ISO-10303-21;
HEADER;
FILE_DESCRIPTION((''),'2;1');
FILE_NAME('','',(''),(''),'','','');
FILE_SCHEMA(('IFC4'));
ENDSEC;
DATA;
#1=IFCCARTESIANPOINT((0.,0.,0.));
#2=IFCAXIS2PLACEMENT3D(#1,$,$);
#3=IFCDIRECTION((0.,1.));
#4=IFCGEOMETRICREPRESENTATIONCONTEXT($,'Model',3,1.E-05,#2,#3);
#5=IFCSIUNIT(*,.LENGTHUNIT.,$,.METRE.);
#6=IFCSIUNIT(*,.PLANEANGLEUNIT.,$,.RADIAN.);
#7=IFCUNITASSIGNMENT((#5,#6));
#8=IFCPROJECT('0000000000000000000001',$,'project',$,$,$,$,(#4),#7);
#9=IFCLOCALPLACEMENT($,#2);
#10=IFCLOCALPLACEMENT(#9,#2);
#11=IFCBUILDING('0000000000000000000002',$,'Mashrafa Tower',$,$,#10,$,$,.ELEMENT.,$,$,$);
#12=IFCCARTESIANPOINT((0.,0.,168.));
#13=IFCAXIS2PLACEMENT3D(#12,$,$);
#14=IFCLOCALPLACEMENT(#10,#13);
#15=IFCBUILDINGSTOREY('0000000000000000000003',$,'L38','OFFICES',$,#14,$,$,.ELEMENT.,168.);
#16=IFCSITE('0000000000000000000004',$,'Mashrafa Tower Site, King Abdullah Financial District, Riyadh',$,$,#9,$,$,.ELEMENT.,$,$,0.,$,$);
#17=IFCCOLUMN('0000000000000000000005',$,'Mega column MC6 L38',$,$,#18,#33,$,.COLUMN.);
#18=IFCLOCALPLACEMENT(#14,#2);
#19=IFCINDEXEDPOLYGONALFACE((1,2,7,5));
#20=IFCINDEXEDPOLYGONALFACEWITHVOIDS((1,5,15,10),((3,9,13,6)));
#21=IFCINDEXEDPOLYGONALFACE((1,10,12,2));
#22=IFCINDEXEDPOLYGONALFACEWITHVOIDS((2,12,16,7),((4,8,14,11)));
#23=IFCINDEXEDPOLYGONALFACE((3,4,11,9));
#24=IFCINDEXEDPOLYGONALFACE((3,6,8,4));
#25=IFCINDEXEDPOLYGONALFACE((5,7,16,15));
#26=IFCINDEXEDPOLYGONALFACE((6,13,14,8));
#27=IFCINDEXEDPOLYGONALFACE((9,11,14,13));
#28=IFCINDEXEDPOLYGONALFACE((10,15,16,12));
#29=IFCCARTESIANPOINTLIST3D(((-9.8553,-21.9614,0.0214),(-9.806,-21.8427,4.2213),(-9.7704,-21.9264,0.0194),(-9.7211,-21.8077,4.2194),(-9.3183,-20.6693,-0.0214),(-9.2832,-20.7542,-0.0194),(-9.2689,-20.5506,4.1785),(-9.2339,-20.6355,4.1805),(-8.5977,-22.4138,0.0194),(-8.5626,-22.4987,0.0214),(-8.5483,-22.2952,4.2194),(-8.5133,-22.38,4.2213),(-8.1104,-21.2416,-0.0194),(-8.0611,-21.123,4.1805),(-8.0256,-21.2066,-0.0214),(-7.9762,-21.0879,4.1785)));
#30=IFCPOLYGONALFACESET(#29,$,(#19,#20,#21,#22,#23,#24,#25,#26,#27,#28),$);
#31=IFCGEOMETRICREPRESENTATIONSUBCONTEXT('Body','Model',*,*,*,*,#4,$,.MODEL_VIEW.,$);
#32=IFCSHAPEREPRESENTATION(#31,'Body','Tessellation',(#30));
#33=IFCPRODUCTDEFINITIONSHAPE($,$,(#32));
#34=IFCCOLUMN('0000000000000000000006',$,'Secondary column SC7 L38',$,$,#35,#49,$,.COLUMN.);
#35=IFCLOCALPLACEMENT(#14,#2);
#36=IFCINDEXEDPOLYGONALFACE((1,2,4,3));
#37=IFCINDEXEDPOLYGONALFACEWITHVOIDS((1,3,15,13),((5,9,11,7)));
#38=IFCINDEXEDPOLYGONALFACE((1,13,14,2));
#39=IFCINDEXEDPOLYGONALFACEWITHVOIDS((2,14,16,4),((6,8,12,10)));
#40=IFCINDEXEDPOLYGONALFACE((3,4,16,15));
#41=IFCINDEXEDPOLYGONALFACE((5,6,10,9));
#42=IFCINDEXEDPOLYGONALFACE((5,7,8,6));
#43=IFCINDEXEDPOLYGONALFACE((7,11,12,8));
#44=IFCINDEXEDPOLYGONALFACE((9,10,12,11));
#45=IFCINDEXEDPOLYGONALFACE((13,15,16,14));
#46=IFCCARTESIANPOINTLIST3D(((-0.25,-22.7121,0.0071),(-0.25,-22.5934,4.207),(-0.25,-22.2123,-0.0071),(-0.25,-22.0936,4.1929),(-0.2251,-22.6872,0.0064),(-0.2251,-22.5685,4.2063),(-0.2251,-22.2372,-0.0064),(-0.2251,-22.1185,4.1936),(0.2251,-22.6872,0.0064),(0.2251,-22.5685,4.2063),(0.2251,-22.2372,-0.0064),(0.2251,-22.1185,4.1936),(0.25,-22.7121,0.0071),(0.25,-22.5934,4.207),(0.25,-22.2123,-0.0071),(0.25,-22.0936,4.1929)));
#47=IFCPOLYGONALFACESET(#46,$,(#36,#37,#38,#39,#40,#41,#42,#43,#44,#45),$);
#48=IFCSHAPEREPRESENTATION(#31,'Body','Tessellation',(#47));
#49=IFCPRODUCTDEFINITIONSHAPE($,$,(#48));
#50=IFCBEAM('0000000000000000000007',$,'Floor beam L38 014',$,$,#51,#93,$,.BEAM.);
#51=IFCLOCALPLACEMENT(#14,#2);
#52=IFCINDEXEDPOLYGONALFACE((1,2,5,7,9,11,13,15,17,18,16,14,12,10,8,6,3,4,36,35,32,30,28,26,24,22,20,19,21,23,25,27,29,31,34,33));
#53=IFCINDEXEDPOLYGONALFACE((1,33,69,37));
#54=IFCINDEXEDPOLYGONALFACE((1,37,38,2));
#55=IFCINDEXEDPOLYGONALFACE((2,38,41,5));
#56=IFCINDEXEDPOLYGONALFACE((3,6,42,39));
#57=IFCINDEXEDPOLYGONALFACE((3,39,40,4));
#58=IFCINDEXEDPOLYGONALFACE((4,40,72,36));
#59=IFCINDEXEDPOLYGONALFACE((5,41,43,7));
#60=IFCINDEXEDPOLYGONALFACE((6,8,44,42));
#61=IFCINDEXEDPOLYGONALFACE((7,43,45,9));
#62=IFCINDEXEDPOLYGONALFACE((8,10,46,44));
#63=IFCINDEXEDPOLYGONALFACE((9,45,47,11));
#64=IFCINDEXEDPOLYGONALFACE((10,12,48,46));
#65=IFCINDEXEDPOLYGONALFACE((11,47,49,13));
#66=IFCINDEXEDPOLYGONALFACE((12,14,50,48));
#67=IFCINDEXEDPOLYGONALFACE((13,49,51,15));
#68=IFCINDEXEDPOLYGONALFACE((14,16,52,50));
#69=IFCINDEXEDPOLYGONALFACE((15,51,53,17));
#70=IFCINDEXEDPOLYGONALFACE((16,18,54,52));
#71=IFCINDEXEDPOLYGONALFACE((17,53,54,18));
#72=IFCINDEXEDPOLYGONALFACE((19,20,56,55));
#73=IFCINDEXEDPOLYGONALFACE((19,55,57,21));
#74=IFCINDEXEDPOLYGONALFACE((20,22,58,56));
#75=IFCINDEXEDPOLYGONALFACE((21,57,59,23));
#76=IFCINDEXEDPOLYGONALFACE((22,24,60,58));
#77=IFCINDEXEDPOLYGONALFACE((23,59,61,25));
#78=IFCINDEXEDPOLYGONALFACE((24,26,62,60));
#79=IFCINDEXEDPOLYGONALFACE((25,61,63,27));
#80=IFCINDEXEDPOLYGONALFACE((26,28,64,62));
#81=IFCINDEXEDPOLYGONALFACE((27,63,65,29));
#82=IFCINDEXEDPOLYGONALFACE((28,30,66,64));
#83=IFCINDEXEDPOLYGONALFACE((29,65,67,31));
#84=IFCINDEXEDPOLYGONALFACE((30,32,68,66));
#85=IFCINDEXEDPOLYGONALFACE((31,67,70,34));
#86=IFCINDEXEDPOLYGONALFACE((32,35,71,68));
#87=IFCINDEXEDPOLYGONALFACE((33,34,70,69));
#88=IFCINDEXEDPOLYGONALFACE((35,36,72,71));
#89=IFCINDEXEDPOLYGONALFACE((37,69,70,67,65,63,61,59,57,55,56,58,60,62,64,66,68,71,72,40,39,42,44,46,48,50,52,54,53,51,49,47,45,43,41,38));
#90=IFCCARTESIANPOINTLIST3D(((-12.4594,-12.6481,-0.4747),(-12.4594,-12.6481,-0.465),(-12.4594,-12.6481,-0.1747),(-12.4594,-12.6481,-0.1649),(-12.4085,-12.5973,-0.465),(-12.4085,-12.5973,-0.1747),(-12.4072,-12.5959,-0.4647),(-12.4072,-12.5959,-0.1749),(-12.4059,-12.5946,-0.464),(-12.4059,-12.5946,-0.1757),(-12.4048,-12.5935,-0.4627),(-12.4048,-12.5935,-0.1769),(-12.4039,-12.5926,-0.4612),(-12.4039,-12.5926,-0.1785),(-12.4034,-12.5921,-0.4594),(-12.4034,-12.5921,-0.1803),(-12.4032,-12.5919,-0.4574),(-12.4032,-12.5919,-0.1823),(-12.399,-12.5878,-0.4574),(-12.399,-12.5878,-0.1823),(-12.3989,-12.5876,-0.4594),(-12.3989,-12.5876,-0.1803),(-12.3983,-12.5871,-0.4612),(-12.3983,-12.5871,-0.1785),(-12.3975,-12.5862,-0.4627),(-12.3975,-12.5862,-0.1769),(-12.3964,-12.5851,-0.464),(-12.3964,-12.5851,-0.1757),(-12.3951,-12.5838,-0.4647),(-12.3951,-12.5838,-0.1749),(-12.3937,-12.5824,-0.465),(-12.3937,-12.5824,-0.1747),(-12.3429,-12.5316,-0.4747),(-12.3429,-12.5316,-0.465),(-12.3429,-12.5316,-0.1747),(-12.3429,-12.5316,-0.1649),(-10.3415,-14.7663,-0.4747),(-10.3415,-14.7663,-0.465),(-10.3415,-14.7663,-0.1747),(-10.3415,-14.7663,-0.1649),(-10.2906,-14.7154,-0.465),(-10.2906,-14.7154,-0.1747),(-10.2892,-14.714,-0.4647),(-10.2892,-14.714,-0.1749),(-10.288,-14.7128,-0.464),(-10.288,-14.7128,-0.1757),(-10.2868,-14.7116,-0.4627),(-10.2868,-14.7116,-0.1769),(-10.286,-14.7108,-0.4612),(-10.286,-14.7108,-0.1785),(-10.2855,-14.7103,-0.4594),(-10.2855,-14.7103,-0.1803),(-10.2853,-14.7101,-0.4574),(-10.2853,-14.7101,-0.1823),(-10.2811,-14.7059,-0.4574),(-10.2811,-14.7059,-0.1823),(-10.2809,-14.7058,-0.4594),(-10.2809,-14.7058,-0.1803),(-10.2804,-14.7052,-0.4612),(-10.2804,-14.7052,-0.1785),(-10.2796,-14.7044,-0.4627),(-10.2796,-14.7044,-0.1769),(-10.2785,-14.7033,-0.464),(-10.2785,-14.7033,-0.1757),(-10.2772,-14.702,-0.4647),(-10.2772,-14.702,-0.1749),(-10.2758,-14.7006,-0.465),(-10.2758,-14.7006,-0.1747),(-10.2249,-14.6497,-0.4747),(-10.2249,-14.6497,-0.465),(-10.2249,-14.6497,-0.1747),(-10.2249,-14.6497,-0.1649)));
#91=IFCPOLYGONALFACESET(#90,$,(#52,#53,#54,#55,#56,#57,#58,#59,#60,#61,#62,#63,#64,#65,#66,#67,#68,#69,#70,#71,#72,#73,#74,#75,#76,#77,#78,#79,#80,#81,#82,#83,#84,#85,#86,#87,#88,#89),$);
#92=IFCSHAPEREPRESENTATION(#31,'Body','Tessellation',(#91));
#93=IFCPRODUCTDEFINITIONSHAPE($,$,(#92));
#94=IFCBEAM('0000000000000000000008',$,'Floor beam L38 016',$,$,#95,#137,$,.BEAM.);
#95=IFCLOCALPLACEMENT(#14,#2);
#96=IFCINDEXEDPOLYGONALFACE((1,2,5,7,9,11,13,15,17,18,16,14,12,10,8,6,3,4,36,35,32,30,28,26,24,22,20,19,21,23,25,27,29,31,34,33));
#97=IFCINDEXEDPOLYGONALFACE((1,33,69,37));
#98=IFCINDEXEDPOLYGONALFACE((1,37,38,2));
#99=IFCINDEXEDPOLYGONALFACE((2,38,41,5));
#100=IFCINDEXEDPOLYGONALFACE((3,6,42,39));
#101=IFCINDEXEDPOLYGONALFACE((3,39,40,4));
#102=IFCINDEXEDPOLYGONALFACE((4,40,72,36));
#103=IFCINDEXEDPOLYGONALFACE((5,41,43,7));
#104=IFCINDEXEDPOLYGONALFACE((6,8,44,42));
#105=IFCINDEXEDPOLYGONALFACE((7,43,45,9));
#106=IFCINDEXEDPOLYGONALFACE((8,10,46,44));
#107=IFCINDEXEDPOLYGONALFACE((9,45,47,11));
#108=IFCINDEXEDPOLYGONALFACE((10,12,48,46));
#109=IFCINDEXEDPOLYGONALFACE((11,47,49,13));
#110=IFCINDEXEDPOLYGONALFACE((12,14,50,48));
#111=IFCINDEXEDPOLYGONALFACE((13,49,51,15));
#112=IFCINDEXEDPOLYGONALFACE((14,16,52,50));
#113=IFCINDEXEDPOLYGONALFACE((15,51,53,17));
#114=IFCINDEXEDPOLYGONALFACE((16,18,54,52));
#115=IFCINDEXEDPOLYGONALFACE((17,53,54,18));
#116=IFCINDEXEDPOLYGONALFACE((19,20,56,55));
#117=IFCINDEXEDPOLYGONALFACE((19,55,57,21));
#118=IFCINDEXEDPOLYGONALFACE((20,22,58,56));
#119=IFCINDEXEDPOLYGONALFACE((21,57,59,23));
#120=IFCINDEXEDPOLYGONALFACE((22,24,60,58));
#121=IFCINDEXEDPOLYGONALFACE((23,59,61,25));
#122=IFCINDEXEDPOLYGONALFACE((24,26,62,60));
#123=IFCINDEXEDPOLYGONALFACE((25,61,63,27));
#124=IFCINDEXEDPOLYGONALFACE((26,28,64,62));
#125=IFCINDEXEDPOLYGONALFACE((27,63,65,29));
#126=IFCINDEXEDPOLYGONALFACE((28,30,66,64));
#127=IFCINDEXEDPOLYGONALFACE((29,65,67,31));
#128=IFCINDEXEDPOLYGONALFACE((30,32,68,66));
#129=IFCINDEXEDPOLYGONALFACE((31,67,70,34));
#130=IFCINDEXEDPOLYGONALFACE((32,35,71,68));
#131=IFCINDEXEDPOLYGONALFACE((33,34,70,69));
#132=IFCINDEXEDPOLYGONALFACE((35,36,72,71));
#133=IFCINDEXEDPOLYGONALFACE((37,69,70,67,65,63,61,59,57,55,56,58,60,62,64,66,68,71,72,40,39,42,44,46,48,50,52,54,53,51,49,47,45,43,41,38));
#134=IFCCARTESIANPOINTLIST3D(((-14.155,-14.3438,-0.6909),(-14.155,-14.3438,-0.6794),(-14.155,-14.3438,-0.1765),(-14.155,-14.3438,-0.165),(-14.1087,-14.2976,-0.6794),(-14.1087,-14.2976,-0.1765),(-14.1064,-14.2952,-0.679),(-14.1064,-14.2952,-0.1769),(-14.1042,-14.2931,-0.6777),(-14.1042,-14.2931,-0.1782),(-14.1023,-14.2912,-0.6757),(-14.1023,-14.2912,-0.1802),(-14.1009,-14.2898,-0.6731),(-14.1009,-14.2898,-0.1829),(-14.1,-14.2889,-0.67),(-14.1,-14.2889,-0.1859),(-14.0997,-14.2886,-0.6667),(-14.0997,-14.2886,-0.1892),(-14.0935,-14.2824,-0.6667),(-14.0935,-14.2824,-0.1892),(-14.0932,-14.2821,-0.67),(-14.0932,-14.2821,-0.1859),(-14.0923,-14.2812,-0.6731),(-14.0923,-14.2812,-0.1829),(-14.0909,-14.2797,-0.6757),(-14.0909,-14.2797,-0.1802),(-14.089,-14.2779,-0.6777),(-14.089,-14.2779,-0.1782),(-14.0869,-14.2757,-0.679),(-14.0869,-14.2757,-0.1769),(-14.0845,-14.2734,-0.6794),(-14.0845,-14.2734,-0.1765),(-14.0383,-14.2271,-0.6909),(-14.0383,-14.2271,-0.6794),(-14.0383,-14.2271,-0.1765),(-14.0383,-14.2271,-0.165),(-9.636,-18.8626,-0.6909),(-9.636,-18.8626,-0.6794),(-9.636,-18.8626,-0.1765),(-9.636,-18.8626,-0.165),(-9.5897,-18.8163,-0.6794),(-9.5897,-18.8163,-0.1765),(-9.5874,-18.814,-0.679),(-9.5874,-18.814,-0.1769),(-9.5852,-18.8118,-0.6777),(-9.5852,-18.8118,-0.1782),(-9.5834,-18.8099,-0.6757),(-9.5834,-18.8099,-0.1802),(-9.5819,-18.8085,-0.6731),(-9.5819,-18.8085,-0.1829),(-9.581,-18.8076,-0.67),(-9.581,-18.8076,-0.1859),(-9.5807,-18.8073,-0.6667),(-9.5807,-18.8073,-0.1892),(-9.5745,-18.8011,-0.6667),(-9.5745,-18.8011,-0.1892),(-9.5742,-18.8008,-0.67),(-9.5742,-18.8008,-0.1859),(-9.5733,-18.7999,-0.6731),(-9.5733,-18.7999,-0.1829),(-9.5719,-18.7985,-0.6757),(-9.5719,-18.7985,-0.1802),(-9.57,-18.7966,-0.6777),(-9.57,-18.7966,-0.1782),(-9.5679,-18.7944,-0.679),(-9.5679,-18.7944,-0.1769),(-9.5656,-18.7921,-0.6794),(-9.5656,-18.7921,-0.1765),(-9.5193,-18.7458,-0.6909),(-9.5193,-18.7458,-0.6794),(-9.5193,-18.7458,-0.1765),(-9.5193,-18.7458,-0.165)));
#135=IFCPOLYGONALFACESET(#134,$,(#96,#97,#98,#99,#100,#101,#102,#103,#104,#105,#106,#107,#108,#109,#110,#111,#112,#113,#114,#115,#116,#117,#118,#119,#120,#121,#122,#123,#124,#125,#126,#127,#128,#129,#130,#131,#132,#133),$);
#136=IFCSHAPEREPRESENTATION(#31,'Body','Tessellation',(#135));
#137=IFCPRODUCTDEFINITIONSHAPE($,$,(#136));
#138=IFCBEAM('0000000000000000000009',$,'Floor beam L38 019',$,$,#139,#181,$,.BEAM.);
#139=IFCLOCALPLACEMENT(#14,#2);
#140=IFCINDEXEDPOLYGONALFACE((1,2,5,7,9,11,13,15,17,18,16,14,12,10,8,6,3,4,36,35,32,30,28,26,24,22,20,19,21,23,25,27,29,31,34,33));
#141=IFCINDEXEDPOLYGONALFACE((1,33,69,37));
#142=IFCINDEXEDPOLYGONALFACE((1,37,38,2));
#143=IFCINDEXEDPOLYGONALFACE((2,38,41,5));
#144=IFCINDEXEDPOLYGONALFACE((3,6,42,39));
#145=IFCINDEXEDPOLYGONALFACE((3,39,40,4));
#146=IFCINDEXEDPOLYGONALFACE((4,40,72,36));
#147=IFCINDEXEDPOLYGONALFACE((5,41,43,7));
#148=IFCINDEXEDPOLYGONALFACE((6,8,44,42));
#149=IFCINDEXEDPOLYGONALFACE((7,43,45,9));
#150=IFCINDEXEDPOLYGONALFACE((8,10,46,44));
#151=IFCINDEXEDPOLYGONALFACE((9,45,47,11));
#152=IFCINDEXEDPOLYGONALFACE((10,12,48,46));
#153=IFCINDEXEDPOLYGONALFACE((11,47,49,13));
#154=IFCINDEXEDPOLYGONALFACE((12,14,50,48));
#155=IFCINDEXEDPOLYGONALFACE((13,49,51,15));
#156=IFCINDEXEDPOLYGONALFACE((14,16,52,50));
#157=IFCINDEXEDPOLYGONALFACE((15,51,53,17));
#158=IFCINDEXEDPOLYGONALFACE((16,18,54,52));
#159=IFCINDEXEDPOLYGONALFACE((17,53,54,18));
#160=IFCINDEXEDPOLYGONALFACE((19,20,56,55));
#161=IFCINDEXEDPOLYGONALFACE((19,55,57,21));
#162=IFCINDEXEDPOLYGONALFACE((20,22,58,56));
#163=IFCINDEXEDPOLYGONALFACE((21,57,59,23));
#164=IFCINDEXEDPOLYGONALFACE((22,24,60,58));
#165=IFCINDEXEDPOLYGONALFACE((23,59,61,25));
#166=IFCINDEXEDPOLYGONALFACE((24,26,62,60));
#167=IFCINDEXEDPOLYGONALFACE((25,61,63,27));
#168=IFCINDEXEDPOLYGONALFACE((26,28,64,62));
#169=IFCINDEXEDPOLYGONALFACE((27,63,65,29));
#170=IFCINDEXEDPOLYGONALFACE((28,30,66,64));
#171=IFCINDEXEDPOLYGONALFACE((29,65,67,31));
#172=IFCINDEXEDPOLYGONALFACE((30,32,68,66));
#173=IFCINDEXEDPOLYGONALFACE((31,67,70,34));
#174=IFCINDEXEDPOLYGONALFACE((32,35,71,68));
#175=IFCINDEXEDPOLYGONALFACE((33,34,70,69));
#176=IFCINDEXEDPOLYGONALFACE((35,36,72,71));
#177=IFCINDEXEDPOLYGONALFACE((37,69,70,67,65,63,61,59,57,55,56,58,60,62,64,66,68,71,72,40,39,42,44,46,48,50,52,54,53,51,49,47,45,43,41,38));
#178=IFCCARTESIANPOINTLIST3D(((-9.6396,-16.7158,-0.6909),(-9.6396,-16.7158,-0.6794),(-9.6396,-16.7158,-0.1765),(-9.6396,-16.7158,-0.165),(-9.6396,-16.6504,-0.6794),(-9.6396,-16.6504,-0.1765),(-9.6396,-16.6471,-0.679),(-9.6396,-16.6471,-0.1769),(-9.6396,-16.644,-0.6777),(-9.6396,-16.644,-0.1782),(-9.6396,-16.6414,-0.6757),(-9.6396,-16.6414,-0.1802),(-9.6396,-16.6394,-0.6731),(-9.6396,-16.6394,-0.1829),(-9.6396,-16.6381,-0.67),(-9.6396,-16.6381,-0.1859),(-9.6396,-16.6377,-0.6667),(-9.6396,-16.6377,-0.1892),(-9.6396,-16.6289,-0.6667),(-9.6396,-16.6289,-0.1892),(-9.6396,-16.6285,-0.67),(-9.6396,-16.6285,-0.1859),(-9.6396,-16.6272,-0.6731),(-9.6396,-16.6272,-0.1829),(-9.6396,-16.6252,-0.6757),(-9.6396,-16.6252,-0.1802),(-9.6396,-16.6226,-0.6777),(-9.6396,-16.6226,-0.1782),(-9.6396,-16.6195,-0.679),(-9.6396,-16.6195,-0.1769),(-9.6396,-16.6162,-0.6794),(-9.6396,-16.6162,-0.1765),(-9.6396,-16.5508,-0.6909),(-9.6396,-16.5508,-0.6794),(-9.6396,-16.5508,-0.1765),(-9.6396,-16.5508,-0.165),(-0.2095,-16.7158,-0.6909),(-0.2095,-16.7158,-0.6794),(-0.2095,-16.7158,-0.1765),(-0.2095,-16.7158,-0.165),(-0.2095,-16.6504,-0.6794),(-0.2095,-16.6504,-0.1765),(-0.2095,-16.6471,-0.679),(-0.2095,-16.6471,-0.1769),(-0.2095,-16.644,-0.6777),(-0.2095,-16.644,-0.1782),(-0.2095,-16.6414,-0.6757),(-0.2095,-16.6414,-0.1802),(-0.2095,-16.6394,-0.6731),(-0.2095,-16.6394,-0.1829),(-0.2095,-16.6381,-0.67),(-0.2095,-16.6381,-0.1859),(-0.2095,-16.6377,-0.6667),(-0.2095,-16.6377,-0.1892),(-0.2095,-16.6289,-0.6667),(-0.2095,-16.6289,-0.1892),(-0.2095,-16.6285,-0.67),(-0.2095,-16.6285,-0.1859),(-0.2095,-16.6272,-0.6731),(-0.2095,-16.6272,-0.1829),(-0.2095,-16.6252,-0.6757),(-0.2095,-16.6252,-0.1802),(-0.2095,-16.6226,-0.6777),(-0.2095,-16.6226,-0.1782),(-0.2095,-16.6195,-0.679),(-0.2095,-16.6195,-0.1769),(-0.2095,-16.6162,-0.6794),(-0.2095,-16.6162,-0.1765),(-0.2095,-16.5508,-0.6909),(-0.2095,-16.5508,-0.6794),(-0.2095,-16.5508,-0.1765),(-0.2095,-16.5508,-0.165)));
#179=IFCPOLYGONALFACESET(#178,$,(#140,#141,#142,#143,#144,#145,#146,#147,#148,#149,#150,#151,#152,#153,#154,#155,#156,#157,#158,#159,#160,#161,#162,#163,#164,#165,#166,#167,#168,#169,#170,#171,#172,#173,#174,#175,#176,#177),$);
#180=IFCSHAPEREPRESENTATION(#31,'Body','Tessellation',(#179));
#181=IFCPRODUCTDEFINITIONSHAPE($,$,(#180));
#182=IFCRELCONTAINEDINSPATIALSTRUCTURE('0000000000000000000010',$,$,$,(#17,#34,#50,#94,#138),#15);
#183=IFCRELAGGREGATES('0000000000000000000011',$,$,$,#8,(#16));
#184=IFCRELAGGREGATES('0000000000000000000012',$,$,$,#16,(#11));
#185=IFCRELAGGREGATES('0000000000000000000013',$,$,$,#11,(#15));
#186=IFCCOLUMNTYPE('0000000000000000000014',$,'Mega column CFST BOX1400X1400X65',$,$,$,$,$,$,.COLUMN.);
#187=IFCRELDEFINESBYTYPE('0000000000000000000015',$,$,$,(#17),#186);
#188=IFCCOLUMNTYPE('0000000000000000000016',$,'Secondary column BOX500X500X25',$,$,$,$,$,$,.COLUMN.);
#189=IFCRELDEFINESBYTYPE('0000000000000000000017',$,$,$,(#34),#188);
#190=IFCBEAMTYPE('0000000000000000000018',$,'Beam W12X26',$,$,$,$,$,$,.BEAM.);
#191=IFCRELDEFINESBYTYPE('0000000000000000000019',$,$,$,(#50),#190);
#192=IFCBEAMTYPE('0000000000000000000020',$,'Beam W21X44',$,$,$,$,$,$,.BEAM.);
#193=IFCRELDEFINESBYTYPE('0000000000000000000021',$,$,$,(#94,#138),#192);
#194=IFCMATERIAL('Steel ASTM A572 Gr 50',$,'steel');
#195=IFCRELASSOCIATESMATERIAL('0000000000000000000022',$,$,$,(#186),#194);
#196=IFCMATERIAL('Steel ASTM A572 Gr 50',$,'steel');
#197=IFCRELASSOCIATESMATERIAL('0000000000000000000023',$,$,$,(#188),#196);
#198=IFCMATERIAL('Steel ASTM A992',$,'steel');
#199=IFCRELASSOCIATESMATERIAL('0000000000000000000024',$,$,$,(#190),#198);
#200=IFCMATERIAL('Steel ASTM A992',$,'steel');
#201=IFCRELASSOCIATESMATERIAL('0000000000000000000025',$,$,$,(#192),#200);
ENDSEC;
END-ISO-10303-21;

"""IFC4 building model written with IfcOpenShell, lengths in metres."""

from ifc_helpers import new_model, si_unit, direction, frame, origin, origin_2d, place, context, subcontext, project, spatial, hollow_rectangle, i_section, extrude, material, material_profile, profile_set, type_object, element, save


model = new_model("IFC4")

# Units and contexts
model_context = context("Model", 3, precision=1e-05, world=origin(), true_north=direction((0.0, 1.0)))
body_context = subcontext(model_context, "Body", "Model", "MODEL_VIEW")
ifc_project = project(units=[si_unit("LENGTHUNIT", "METRE"), si_unit("PLANEANGLEUNIT", "RADIAN")], contexts=[model_context])

# Site, building, storey
site_placement = place(None, origin())
site = spatial("IfcSite", under=ifc_project, at=site_placement, Name="Mashrafa Tower Site, King Abdullah Financial District, Riyadh", CompositionType="ELEMENT", RefElevation=0.0)
building_placement = place(site_placement, origin())
building = spatial("IfcBuilding", under=site, at=building_placement, Name="Mashrafa Tower", CompositionType="ELEMENT")
storey_placement = place(building_placement, frame((0.0, 0.0, 168.0)))
storey = spatial("IfcBuildingStorey", under=building, at=storey_placement, Name="L38", Description="OFFICES", CompositionType="ELEMENT", Elevation=168.0)

# Columns
ifc_material_1 = material(Name="Steel ASTM A572 Gr 50", Category="steel")
ifc_material_profile_1 = material_profile(ifc_material_1, hollow_rectangle(XDim=1.3999, YDim=1.3999, WallThickness=0.0649, at=origin_2d()), Name="BOX1400X1400X65")
ifc_profile_set_1 = profile_set([ifc_material_profile_1], Name="Steel ASTM A572 Gr 50")
column_type_1 = type_object("IfcColumnType", Name="Mega column CFST BOX1400X1400X65", PredefinedType="COLUMN", material=ifc_profile_set_1)
column_1_placement = place(storey_placement, frame((-8.9404, -21.584, 0.0), z_axis=(0.011737, 0.028238, 0.999532), x_axis=(-0.923414, 0.383806, 0.0)))
element("IfcColumn", 1, at=column_1_placement, inside=storey, type_object=column_type_1, Name="Mega column MC6 L38", PredefinedType="COLUMN", context=body_context, shape_type="SweptSolid", body=[
    extrude(hollow_rectangle(XDim=1.3999, YDim=1.3999, WallThickness=0.0649, at=origin_2d()), origin(), (0.0, 0.0, 1.0), 4.2019),
])
ifc_material_2 = material(Name="Steel ASTM A572 Gr 50", Category="steel")
ifc_material_profile_2 = material_profile(ifc_material_2, hollow_rectangle(XDim=0.5, YDim=0.5, WallThickness=0.0249, at=origin_2d()), Name="BOX500X500X25")
ifc_profile_set_2 = profile_set([ifc_material_profile_2], Name="Steel ASTM A572 Gr 50")
column_type_2 = type_object("IfcColumnType", Name="Secondary column BOX500X500X25", PredefinedType="COLUMN", material=ifc_profile_set_2)
column_2_placement = place(storey_placement, frame((0.0, -22.4622, 0.0), z_axis=(0.0, 0.02824, 0.999601), x_axis=(-1.0, 0.0, 0.0)))
element("IfcColumn", 2, at=column_2_placement, inside=storey, type_object=column_type_2, Name="Secondary column SC7 L38", PredefinedType="COLUMN", context=body_context, shape_type="SweptSolid", body=[
    extrude(hollow_rectangle(XDim=0.5, YDim=0.5, WallThickness=0.0249, at=origin_2d()), origin(), (0.0, 0.0, 1.0), 4.2017),
])

# Beams
ifc_material_3 = material(Name="Steel ASTM A992", Category="steel")
ifc_material_profile_3 = material_profile(ifc_material_3, i_section(OverallWidth=0.1648, OverallDepth=0.3098, WebThickness=0.0059, FlangeThickness=0.0098, FilletRadius=0.0076, at=origin_2d()), Name="W12X26")
ifc_profile_set_3 = profile_set([ifc_material_profile_3], Name="Steel ASTM A992")
beam_type_1 = type_object("IfcBeamType", Name="Beam W12X26", PredefinedType="BEAM", material=ifc_profile_set_3)
beam_1_placement = place(storey_placement, frame((-10.2832, -14.708, -0.3198), z_axis=(-0.707066, 0.707148, 0.0), x_axis=(-0.707148, -0.707066, 0.0)))
element("IfcBeam", 3, at=beam_1_placement, inside=storey, type_object=beam_type_1, Name="Floor beam L38 014", PredefinedType="BEAM", context=body_context, shape_type="SweptSolid", body=[
    extrude(i_section(OverallWidth=0.1648, OverallDepth=0.3098, WebThickness=0.0059, FlangeThickness=0.0098, FilletRadius=0.0076, at=origin_2d()), origin(), (0.0, 0.0, 1.0), 2.9954),
])
ifc_material_4 = material(Name="Steel ASTM A992", Category="steel")
ifc_material_profile_4 = material_profile(ifc_material_4, i_section(OverallWidth=0.165, OverallDepth=0.5259, WebThickness=0.0088, FlangeThickness=0.0115, FilletRadius=0.0127, at=origin_2d()), Name="W21X44")
ifc_profile_set_4 = profile_set([ifc_material_profile_4], Name="Steel ASTM A992")
beam_type_2 = type_object("IfcBeamType", Name="Beam W21X44", PredefinedType="BEAM", material=ifc_profile_set_4)
beam_2_placement = place(storey_placement, frame((-9.5776, -18.8042, -0.428), z_axis=(-0.707126, 0.707088, 0.0), x_axis=(-0.707088, -0.707126, 0.0)))
element("IfcBeam", 4, at=beam_2_placement, inside=storey, type_object=beam_type_2, Name="Floor beam L38 016", PredefinedType="BEAM", context=body_context, shape_type="SweptSolid", body=[
    extrude(i_section(OverallWidth=0.165, OverallDepth=0.5259, WebThickness=0.0088, FlangeThickness=0.0115, FilletRadius=0.0127, at=origin_2d()), origin(), (0.0, 0.0, 1.0), 6.3906),
])
beam_3_placement = place(storey_placement, frame((-0.2095, -16.6333, -0.428), z_axis=(-1.0, 0.0, 0.0), x_axis=(0.0, -1.0, 0.0)))
element("IfcBeam", 5, at=beam_3_placement, inside=storey, type_object=beam_type_2, Name="Floor beam L38 019", PredefinedType="BEAM", context=body_context, shape_type="SweptSolid", body=[
    extrude(i_section(OverallWidth=0.165, OverallDepth=0.5259, WebThickness=0.0088, FlangeThickness=0.0115, FilletRadius=0.0127, at=origin_2d()), origin(), (0.0, 0.0, 1.0), 9.4302),
])

save(model, "model.ifc")
